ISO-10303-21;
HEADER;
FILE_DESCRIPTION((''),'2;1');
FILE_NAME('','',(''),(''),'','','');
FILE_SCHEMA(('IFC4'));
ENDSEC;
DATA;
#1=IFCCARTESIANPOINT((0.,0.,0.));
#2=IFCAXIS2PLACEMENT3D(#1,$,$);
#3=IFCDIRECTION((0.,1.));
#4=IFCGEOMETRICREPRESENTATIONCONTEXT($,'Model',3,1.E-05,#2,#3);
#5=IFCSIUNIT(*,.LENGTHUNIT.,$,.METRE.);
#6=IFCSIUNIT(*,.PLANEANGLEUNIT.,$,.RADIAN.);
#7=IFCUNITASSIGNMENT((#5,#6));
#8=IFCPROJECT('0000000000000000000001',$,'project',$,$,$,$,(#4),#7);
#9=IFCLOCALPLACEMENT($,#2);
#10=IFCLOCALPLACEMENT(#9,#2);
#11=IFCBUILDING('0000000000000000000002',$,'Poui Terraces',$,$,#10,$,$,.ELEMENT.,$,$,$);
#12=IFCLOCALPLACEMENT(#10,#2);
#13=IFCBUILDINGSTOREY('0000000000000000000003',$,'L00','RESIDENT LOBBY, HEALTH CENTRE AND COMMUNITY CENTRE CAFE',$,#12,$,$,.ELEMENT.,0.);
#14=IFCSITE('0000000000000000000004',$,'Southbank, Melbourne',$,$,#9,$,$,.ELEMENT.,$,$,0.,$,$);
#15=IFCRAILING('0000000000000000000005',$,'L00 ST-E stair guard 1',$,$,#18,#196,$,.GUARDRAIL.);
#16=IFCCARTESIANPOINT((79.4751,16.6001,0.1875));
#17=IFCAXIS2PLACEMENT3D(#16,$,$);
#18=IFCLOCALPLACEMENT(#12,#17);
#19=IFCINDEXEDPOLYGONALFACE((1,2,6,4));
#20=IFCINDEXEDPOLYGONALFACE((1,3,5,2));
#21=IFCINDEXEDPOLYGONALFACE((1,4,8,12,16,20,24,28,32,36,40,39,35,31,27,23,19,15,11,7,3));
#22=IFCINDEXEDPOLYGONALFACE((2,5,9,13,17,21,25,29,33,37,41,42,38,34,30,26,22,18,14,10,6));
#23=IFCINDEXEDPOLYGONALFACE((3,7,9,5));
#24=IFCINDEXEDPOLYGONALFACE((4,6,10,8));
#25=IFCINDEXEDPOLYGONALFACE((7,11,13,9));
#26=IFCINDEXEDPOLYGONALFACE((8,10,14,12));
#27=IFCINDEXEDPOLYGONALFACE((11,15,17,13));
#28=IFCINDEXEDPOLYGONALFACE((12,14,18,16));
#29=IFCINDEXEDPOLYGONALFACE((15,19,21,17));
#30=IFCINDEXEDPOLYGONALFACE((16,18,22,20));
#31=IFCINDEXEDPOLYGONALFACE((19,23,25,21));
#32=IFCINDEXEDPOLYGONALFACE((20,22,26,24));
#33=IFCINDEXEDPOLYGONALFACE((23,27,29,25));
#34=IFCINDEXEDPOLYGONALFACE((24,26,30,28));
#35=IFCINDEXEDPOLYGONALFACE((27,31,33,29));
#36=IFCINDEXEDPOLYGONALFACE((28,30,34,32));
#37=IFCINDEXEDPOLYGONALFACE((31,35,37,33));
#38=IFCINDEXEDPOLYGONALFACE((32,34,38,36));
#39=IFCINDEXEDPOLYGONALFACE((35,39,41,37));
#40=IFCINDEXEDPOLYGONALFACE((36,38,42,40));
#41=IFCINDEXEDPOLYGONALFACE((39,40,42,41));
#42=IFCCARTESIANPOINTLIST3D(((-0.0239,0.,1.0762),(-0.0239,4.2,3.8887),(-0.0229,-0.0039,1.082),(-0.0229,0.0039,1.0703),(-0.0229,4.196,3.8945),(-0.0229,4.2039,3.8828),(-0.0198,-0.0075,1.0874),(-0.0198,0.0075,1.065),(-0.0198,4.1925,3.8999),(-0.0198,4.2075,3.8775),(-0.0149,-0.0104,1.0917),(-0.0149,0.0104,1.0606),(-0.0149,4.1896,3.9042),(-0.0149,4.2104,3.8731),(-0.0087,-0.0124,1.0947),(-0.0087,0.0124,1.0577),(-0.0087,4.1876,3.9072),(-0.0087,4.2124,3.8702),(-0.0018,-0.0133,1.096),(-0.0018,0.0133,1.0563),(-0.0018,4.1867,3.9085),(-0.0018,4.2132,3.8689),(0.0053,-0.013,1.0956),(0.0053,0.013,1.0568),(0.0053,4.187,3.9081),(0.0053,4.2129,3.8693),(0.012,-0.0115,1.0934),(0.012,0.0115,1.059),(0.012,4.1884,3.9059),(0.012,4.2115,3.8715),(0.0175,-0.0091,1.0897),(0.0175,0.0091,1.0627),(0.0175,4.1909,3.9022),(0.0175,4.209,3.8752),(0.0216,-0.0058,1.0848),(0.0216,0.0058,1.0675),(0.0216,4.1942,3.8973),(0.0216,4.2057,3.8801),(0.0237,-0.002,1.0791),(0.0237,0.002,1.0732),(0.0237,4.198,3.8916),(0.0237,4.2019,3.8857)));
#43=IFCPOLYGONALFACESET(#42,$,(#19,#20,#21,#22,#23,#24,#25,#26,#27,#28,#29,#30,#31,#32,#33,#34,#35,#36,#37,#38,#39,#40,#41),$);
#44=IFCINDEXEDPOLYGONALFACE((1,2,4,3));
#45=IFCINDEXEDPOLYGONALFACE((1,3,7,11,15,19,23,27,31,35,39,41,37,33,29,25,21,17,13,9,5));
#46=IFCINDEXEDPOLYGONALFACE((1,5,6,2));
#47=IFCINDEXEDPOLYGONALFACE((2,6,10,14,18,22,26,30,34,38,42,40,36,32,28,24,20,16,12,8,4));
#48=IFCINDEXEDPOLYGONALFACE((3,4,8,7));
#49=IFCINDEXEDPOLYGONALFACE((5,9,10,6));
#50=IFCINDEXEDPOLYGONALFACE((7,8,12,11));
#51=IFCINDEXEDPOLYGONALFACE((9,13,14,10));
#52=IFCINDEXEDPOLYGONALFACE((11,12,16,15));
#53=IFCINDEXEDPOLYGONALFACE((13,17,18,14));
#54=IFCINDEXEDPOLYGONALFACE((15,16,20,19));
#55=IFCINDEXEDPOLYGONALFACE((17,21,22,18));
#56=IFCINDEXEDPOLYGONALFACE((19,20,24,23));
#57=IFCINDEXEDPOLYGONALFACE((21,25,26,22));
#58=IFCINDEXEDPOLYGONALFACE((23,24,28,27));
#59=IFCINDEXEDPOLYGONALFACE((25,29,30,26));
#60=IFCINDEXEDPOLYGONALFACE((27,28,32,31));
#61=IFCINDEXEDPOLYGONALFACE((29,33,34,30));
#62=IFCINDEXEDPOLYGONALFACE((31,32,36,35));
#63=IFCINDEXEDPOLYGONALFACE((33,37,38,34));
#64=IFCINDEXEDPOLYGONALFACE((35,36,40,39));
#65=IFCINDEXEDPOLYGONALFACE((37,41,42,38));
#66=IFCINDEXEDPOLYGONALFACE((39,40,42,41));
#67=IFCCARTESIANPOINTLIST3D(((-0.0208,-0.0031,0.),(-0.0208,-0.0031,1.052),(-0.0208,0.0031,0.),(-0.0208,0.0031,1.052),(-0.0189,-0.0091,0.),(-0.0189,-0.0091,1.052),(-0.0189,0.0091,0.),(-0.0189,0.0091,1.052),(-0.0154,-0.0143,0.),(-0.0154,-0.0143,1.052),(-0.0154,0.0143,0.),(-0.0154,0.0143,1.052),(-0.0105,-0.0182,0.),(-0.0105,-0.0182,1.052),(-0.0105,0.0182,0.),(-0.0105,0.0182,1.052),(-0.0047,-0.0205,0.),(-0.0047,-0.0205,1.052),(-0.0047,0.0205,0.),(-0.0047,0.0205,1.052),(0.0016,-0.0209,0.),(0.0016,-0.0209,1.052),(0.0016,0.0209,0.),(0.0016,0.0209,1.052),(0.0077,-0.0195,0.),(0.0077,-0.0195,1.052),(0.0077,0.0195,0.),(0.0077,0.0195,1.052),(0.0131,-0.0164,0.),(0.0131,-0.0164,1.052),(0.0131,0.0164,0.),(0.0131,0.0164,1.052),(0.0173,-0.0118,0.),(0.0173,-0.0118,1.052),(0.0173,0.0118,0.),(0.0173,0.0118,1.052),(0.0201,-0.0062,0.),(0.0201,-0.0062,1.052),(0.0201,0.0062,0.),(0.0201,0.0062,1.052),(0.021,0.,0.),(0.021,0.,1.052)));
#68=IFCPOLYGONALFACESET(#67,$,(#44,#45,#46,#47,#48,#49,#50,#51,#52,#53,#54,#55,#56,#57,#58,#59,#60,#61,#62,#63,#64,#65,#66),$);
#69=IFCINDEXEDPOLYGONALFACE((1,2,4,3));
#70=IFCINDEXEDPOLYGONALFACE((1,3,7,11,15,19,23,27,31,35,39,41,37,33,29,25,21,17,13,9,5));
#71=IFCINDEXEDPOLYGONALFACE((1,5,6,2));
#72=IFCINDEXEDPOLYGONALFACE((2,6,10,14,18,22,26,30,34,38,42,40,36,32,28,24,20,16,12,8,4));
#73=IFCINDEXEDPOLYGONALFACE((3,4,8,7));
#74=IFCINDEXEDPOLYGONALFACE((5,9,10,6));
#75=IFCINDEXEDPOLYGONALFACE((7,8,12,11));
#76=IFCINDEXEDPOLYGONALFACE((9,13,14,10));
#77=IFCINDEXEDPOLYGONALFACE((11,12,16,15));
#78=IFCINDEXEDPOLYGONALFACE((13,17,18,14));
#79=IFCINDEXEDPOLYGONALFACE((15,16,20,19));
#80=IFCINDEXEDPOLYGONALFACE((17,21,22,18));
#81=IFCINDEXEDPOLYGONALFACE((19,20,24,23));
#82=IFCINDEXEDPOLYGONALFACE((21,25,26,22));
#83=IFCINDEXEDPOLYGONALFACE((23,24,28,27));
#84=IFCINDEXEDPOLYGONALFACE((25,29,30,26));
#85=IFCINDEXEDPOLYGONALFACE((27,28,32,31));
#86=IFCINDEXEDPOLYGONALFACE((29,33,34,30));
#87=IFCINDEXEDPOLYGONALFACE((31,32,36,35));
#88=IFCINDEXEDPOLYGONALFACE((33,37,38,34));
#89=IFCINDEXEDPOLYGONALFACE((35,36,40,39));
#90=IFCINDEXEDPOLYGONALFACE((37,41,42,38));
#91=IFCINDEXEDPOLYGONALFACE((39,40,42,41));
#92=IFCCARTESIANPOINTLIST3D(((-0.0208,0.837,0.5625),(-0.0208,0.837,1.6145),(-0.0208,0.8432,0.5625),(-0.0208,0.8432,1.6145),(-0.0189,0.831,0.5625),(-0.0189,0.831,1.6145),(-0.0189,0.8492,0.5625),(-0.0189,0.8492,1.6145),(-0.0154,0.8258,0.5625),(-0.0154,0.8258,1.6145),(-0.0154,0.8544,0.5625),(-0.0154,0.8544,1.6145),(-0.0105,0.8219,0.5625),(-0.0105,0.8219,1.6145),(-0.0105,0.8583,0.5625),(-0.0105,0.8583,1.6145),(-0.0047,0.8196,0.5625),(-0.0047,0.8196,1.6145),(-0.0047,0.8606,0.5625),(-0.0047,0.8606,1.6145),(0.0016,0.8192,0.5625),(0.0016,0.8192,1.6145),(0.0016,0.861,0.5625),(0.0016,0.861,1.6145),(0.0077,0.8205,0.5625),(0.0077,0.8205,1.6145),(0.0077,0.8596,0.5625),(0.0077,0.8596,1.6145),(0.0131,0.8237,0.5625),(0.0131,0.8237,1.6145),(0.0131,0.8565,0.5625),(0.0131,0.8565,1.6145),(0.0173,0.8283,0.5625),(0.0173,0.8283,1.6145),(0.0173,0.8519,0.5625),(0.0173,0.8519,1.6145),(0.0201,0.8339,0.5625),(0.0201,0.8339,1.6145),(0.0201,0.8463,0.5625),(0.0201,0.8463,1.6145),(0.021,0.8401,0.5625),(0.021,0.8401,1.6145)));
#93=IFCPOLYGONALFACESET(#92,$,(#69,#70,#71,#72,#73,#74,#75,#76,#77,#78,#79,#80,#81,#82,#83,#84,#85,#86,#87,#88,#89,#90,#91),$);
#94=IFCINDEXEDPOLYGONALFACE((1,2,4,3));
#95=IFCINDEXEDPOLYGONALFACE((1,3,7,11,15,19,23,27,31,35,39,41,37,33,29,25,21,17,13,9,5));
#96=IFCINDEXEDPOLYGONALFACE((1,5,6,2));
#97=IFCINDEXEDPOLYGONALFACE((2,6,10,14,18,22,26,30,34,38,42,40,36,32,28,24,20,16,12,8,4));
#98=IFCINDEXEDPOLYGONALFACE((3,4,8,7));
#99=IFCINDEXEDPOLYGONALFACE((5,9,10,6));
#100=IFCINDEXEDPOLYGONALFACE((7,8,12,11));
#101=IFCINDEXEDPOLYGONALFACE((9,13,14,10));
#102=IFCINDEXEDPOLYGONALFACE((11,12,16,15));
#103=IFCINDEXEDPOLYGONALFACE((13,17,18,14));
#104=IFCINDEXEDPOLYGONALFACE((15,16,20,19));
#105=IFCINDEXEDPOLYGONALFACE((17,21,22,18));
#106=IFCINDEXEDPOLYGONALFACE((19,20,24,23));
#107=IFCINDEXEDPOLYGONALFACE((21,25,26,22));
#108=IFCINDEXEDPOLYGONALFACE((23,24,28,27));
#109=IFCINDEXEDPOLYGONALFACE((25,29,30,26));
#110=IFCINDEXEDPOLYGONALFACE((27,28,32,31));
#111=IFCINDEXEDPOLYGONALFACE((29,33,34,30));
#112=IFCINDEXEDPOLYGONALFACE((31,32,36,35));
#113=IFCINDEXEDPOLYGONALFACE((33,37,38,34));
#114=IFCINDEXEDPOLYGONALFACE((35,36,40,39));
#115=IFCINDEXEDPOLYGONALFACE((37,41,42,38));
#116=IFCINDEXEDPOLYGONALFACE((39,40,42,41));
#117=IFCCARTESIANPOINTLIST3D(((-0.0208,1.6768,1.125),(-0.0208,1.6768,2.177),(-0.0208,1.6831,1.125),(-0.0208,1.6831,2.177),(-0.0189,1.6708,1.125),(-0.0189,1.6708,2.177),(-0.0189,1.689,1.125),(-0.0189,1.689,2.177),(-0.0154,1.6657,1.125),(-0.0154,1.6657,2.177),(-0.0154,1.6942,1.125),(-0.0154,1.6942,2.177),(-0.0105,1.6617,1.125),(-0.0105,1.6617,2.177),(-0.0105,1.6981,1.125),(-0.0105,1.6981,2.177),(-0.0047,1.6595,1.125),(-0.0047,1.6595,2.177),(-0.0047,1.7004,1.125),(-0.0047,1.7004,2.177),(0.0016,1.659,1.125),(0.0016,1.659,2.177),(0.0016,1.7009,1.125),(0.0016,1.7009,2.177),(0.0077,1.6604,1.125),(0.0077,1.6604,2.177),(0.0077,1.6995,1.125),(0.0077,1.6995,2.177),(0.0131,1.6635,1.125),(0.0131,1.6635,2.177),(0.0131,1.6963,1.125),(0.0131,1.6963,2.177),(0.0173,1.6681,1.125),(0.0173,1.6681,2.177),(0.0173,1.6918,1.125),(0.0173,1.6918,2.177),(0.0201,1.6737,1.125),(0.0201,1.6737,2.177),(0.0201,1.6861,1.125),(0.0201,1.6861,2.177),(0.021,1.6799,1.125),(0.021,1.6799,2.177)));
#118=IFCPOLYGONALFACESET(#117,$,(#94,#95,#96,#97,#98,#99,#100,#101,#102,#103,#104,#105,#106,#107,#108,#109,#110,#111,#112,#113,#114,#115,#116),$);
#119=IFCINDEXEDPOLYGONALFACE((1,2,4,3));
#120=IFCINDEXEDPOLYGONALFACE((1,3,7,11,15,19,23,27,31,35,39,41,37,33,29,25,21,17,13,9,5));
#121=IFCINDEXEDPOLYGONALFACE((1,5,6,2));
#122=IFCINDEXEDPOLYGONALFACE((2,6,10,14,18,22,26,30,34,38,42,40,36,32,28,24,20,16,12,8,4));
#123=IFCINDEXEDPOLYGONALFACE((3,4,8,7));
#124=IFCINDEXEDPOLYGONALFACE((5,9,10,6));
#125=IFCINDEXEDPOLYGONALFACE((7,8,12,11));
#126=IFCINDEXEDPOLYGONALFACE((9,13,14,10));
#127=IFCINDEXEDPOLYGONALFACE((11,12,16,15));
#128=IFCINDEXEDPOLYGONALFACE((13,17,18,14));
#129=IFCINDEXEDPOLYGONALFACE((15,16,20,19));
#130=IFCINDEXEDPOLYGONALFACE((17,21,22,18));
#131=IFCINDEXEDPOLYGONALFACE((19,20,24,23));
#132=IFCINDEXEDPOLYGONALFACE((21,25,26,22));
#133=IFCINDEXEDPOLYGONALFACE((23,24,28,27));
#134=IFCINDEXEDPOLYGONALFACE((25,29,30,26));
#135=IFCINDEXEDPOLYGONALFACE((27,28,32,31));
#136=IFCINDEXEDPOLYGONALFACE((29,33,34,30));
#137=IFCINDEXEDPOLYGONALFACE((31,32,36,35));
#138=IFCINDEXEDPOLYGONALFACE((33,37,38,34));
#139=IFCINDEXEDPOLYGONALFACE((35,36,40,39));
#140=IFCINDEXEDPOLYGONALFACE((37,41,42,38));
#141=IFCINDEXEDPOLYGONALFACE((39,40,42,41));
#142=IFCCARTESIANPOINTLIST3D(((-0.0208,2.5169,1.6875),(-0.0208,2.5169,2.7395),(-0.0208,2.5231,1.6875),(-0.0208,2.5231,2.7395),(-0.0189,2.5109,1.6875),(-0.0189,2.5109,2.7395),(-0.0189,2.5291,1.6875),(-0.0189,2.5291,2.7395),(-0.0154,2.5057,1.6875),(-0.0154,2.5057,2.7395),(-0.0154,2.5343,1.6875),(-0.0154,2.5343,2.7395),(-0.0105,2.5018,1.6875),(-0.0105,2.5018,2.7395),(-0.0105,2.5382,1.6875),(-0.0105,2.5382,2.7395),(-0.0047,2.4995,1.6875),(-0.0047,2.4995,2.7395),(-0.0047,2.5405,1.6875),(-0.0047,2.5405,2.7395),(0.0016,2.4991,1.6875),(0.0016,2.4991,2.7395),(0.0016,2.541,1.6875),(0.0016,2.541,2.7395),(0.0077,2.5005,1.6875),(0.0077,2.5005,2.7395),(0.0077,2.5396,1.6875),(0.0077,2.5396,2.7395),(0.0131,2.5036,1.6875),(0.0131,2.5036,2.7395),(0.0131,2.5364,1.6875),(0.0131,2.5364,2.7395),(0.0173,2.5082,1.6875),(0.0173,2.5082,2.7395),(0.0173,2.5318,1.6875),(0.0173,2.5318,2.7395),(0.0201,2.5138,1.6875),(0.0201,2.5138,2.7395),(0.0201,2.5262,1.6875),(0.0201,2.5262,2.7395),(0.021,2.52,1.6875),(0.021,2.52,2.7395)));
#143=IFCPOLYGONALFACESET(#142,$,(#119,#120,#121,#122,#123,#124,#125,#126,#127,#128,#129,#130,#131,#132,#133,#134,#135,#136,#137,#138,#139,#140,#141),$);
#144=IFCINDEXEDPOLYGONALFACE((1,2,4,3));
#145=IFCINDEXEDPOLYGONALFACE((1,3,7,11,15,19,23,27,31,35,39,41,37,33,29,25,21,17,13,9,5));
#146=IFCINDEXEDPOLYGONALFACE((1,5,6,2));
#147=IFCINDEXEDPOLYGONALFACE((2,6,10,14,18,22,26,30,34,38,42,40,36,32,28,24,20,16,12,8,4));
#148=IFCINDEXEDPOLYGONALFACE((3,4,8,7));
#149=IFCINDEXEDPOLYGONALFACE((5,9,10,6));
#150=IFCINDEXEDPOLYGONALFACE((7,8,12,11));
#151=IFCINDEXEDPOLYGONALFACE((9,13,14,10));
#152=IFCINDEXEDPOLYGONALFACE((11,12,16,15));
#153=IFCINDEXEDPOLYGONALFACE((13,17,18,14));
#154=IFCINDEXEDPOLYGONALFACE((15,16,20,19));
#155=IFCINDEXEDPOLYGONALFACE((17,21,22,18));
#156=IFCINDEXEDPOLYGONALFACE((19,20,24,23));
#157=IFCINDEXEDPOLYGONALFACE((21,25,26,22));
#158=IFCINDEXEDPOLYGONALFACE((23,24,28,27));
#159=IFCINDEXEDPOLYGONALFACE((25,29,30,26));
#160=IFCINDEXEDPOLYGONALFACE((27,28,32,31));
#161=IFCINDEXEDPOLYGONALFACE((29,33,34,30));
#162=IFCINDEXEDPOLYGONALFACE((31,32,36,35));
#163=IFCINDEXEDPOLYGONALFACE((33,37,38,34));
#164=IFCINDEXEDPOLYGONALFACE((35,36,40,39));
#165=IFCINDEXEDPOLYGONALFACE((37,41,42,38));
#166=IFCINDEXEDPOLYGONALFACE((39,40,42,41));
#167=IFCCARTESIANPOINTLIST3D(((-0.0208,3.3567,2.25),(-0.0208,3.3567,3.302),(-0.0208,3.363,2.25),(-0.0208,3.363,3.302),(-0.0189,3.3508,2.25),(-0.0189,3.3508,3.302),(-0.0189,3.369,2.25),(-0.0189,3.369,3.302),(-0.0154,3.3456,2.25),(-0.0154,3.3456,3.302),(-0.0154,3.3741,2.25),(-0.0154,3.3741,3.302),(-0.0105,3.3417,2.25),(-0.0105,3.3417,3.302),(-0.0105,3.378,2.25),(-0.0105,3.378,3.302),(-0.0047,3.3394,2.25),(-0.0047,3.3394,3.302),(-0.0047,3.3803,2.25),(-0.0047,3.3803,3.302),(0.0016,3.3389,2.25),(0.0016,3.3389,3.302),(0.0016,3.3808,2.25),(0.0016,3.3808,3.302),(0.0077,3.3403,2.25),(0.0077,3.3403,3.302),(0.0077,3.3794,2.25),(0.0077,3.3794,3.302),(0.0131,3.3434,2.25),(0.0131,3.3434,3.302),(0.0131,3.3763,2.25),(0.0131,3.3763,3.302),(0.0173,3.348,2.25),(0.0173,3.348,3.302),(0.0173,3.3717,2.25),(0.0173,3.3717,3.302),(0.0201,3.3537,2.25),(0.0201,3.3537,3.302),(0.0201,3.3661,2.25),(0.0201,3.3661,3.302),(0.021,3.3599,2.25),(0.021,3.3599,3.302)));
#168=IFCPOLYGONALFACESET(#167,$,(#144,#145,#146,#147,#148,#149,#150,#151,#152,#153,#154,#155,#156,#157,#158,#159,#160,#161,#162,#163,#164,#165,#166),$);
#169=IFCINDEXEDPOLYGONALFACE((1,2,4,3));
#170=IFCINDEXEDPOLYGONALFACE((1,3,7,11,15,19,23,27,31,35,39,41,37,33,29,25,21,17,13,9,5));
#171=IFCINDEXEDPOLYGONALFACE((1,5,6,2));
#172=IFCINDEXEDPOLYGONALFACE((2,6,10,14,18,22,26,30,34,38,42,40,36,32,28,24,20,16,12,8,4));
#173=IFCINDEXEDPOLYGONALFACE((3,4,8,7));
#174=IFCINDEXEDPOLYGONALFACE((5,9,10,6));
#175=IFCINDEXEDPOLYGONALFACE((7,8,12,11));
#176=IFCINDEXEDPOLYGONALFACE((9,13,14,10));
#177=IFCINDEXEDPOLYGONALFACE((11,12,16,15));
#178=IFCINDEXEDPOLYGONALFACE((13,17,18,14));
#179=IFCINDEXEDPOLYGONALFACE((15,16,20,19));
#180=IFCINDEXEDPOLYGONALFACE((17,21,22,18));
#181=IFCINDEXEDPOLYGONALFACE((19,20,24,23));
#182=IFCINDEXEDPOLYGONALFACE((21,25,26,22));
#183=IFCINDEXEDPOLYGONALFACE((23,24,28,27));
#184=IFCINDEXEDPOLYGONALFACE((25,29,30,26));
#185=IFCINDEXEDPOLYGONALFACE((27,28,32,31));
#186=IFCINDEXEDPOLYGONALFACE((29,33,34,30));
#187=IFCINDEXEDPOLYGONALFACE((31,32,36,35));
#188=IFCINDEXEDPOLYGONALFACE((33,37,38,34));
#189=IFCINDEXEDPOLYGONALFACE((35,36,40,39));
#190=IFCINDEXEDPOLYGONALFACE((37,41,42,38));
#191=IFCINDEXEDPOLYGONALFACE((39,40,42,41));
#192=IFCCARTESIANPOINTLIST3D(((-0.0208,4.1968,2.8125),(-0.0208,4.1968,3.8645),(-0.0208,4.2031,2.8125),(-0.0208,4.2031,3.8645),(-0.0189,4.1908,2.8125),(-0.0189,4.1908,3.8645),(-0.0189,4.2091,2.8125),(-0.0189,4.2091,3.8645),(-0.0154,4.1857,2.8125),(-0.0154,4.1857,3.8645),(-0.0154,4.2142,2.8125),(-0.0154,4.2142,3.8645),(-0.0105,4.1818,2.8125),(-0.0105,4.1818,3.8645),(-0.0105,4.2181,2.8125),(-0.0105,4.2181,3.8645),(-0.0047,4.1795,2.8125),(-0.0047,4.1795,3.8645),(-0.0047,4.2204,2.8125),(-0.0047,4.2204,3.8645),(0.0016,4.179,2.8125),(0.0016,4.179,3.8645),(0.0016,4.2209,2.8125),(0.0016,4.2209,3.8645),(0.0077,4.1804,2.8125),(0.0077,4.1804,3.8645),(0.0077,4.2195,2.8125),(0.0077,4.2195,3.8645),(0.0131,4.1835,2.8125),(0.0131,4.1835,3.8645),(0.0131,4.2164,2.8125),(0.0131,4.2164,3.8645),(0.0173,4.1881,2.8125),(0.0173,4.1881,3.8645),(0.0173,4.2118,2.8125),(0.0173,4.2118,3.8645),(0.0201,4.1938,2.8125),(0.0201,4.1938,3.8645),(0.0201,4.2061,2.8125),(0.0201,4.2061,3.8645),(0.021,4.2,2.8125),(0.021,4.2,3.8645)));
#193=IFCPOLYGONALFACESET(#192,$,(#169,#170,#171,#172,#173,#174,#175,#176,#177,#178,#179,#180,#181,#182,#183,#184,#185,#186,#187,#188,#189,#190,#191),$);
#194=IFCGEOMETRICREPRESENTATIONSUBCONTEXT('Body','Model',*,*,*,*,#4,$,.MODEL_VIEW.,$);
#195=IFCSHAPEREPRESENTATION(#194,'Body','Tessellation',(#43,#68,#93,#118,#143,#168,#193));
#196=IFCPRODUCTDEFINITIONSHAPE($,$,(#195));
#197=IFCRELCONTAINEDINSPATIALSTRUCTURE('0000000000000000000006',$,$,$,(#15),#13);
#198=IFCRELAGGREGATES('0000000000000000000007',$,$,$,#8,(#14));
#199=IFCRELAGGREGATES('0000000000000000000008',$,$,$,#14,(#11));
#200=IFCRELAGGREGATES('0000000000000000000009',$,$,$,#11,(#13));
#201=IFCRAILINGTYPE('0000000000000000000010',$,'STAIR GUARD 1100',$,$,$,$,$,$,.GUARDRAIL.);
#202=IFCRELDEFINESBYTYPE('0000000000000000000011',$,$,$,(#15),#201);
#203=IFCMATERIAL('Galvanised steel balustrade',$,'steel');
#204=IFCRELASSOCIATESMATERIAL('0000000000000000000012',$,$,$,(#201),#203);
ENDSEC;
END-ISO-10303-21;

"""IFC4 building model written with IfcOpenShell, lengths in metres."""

from ifc_helpers import new_model, si_unit, direction, frame, origin, origin_2d, place, context, subcontext, project, spatial, circle, extrude, material, type_object, element, save


model = new_model("IFC4")

# Units and contexts
model_context = context("Model", 3, precision=1e-05, world=origin(), true_north=direction((0.0, 1.0)))
body_context = subcontext(model_context, "Body", "Model", "MODEL_VIEW")
ifc_project = project(units=[si_unit("LENGTHUNIT", "METRE"), si_unit("PLANEANGLEUNIT", "RADIAN")], contexts=[model_context])

# Site, building, storey
site_placement = place(None, origin())
site = spatial("IfcSite", under=ifc_project, at=site_placement, Name="Southbank, Melbourne", CompositionType="ELEMENT", RefElevation=0.0)
building_placement = place(site_placement, origin())
building = spatial("IfcBuilding", under=site, at=building_placement, Name="Poui Terraces", CompositionType="ELEMENT")
storey_placement = place(building_placement, origin())
storey = spatial("IfcBuildingStorey", under=building, at=storey_placement, Name="L00", Description="RESIDENT LOBBY, HEALTH CENTRE AND COMMUNITY CENTRE CAFE", CompositionType="ELEMENT", Elevation=0.0)

# Railing
ifc_material_1 = material(Name="Galvanised steel balustrade", Category="steel")
railing_type_1 = type_object("IfcRailingType", Name="STAIR GUARD 1100", PredefinedType="GUARDRAIL", material=ifc_material_1)
railing_1_placement = place(storey_placement, frame((79.4751, 16.6001, 0.1875)))
element("IfcRailing", 1, at=railing_1_placement, inside=storey, type_object=railing_type_1, Name="L00 ST-E stair guard 1", PredefinedType="GUARDRAIL", context=body_context, shape_type="SweptSolid", body=[
    extrude(circle(Radius=0.0239, at=origin_2d()), frame((0.0, 0.0, 1.0762), z_axis=(0.0, 0.830904, 0.556416), x_axis=(-1.0, 0.0, 0.0)), (0.0, 0.0, 1.0), 5.0547),
    extrude(circle(Radius=0.021, at=origin_2d()), origin(), (0.0, 0.0, 1.0), 1.052),
    extrude(circle(Radius=0.021, at=origin_2d()), frame((0.0, 0.8401, 0.5625)), (0.0, 0.0, 1.0), 1.052),
    extrude(circle(Radius=0.021, at=origin_2d()), frame((0.0, 1.6799, 1.125)), (0.0, 0.0, 1.0), 1.052),
    extrude(circle(Radius=0.021, at=origin_2d()), frame((0.0, 2.52, 1.6875)), (0.0, 0.0, 1.0), 1.052),
    extrude(circle(Radius=0.021, at=origin_2d()), frame((0.0, 3.3599, 2.25)), (0.0, 0.0, 1.0), 1.052),
    extrude(circle(Radius=0.021, at=origin_2d()), frame((0.0, 4.2, 2.8125)), (0.0, 0.0, 1.0), 1.052),
])

save(model, "model.ifc")
